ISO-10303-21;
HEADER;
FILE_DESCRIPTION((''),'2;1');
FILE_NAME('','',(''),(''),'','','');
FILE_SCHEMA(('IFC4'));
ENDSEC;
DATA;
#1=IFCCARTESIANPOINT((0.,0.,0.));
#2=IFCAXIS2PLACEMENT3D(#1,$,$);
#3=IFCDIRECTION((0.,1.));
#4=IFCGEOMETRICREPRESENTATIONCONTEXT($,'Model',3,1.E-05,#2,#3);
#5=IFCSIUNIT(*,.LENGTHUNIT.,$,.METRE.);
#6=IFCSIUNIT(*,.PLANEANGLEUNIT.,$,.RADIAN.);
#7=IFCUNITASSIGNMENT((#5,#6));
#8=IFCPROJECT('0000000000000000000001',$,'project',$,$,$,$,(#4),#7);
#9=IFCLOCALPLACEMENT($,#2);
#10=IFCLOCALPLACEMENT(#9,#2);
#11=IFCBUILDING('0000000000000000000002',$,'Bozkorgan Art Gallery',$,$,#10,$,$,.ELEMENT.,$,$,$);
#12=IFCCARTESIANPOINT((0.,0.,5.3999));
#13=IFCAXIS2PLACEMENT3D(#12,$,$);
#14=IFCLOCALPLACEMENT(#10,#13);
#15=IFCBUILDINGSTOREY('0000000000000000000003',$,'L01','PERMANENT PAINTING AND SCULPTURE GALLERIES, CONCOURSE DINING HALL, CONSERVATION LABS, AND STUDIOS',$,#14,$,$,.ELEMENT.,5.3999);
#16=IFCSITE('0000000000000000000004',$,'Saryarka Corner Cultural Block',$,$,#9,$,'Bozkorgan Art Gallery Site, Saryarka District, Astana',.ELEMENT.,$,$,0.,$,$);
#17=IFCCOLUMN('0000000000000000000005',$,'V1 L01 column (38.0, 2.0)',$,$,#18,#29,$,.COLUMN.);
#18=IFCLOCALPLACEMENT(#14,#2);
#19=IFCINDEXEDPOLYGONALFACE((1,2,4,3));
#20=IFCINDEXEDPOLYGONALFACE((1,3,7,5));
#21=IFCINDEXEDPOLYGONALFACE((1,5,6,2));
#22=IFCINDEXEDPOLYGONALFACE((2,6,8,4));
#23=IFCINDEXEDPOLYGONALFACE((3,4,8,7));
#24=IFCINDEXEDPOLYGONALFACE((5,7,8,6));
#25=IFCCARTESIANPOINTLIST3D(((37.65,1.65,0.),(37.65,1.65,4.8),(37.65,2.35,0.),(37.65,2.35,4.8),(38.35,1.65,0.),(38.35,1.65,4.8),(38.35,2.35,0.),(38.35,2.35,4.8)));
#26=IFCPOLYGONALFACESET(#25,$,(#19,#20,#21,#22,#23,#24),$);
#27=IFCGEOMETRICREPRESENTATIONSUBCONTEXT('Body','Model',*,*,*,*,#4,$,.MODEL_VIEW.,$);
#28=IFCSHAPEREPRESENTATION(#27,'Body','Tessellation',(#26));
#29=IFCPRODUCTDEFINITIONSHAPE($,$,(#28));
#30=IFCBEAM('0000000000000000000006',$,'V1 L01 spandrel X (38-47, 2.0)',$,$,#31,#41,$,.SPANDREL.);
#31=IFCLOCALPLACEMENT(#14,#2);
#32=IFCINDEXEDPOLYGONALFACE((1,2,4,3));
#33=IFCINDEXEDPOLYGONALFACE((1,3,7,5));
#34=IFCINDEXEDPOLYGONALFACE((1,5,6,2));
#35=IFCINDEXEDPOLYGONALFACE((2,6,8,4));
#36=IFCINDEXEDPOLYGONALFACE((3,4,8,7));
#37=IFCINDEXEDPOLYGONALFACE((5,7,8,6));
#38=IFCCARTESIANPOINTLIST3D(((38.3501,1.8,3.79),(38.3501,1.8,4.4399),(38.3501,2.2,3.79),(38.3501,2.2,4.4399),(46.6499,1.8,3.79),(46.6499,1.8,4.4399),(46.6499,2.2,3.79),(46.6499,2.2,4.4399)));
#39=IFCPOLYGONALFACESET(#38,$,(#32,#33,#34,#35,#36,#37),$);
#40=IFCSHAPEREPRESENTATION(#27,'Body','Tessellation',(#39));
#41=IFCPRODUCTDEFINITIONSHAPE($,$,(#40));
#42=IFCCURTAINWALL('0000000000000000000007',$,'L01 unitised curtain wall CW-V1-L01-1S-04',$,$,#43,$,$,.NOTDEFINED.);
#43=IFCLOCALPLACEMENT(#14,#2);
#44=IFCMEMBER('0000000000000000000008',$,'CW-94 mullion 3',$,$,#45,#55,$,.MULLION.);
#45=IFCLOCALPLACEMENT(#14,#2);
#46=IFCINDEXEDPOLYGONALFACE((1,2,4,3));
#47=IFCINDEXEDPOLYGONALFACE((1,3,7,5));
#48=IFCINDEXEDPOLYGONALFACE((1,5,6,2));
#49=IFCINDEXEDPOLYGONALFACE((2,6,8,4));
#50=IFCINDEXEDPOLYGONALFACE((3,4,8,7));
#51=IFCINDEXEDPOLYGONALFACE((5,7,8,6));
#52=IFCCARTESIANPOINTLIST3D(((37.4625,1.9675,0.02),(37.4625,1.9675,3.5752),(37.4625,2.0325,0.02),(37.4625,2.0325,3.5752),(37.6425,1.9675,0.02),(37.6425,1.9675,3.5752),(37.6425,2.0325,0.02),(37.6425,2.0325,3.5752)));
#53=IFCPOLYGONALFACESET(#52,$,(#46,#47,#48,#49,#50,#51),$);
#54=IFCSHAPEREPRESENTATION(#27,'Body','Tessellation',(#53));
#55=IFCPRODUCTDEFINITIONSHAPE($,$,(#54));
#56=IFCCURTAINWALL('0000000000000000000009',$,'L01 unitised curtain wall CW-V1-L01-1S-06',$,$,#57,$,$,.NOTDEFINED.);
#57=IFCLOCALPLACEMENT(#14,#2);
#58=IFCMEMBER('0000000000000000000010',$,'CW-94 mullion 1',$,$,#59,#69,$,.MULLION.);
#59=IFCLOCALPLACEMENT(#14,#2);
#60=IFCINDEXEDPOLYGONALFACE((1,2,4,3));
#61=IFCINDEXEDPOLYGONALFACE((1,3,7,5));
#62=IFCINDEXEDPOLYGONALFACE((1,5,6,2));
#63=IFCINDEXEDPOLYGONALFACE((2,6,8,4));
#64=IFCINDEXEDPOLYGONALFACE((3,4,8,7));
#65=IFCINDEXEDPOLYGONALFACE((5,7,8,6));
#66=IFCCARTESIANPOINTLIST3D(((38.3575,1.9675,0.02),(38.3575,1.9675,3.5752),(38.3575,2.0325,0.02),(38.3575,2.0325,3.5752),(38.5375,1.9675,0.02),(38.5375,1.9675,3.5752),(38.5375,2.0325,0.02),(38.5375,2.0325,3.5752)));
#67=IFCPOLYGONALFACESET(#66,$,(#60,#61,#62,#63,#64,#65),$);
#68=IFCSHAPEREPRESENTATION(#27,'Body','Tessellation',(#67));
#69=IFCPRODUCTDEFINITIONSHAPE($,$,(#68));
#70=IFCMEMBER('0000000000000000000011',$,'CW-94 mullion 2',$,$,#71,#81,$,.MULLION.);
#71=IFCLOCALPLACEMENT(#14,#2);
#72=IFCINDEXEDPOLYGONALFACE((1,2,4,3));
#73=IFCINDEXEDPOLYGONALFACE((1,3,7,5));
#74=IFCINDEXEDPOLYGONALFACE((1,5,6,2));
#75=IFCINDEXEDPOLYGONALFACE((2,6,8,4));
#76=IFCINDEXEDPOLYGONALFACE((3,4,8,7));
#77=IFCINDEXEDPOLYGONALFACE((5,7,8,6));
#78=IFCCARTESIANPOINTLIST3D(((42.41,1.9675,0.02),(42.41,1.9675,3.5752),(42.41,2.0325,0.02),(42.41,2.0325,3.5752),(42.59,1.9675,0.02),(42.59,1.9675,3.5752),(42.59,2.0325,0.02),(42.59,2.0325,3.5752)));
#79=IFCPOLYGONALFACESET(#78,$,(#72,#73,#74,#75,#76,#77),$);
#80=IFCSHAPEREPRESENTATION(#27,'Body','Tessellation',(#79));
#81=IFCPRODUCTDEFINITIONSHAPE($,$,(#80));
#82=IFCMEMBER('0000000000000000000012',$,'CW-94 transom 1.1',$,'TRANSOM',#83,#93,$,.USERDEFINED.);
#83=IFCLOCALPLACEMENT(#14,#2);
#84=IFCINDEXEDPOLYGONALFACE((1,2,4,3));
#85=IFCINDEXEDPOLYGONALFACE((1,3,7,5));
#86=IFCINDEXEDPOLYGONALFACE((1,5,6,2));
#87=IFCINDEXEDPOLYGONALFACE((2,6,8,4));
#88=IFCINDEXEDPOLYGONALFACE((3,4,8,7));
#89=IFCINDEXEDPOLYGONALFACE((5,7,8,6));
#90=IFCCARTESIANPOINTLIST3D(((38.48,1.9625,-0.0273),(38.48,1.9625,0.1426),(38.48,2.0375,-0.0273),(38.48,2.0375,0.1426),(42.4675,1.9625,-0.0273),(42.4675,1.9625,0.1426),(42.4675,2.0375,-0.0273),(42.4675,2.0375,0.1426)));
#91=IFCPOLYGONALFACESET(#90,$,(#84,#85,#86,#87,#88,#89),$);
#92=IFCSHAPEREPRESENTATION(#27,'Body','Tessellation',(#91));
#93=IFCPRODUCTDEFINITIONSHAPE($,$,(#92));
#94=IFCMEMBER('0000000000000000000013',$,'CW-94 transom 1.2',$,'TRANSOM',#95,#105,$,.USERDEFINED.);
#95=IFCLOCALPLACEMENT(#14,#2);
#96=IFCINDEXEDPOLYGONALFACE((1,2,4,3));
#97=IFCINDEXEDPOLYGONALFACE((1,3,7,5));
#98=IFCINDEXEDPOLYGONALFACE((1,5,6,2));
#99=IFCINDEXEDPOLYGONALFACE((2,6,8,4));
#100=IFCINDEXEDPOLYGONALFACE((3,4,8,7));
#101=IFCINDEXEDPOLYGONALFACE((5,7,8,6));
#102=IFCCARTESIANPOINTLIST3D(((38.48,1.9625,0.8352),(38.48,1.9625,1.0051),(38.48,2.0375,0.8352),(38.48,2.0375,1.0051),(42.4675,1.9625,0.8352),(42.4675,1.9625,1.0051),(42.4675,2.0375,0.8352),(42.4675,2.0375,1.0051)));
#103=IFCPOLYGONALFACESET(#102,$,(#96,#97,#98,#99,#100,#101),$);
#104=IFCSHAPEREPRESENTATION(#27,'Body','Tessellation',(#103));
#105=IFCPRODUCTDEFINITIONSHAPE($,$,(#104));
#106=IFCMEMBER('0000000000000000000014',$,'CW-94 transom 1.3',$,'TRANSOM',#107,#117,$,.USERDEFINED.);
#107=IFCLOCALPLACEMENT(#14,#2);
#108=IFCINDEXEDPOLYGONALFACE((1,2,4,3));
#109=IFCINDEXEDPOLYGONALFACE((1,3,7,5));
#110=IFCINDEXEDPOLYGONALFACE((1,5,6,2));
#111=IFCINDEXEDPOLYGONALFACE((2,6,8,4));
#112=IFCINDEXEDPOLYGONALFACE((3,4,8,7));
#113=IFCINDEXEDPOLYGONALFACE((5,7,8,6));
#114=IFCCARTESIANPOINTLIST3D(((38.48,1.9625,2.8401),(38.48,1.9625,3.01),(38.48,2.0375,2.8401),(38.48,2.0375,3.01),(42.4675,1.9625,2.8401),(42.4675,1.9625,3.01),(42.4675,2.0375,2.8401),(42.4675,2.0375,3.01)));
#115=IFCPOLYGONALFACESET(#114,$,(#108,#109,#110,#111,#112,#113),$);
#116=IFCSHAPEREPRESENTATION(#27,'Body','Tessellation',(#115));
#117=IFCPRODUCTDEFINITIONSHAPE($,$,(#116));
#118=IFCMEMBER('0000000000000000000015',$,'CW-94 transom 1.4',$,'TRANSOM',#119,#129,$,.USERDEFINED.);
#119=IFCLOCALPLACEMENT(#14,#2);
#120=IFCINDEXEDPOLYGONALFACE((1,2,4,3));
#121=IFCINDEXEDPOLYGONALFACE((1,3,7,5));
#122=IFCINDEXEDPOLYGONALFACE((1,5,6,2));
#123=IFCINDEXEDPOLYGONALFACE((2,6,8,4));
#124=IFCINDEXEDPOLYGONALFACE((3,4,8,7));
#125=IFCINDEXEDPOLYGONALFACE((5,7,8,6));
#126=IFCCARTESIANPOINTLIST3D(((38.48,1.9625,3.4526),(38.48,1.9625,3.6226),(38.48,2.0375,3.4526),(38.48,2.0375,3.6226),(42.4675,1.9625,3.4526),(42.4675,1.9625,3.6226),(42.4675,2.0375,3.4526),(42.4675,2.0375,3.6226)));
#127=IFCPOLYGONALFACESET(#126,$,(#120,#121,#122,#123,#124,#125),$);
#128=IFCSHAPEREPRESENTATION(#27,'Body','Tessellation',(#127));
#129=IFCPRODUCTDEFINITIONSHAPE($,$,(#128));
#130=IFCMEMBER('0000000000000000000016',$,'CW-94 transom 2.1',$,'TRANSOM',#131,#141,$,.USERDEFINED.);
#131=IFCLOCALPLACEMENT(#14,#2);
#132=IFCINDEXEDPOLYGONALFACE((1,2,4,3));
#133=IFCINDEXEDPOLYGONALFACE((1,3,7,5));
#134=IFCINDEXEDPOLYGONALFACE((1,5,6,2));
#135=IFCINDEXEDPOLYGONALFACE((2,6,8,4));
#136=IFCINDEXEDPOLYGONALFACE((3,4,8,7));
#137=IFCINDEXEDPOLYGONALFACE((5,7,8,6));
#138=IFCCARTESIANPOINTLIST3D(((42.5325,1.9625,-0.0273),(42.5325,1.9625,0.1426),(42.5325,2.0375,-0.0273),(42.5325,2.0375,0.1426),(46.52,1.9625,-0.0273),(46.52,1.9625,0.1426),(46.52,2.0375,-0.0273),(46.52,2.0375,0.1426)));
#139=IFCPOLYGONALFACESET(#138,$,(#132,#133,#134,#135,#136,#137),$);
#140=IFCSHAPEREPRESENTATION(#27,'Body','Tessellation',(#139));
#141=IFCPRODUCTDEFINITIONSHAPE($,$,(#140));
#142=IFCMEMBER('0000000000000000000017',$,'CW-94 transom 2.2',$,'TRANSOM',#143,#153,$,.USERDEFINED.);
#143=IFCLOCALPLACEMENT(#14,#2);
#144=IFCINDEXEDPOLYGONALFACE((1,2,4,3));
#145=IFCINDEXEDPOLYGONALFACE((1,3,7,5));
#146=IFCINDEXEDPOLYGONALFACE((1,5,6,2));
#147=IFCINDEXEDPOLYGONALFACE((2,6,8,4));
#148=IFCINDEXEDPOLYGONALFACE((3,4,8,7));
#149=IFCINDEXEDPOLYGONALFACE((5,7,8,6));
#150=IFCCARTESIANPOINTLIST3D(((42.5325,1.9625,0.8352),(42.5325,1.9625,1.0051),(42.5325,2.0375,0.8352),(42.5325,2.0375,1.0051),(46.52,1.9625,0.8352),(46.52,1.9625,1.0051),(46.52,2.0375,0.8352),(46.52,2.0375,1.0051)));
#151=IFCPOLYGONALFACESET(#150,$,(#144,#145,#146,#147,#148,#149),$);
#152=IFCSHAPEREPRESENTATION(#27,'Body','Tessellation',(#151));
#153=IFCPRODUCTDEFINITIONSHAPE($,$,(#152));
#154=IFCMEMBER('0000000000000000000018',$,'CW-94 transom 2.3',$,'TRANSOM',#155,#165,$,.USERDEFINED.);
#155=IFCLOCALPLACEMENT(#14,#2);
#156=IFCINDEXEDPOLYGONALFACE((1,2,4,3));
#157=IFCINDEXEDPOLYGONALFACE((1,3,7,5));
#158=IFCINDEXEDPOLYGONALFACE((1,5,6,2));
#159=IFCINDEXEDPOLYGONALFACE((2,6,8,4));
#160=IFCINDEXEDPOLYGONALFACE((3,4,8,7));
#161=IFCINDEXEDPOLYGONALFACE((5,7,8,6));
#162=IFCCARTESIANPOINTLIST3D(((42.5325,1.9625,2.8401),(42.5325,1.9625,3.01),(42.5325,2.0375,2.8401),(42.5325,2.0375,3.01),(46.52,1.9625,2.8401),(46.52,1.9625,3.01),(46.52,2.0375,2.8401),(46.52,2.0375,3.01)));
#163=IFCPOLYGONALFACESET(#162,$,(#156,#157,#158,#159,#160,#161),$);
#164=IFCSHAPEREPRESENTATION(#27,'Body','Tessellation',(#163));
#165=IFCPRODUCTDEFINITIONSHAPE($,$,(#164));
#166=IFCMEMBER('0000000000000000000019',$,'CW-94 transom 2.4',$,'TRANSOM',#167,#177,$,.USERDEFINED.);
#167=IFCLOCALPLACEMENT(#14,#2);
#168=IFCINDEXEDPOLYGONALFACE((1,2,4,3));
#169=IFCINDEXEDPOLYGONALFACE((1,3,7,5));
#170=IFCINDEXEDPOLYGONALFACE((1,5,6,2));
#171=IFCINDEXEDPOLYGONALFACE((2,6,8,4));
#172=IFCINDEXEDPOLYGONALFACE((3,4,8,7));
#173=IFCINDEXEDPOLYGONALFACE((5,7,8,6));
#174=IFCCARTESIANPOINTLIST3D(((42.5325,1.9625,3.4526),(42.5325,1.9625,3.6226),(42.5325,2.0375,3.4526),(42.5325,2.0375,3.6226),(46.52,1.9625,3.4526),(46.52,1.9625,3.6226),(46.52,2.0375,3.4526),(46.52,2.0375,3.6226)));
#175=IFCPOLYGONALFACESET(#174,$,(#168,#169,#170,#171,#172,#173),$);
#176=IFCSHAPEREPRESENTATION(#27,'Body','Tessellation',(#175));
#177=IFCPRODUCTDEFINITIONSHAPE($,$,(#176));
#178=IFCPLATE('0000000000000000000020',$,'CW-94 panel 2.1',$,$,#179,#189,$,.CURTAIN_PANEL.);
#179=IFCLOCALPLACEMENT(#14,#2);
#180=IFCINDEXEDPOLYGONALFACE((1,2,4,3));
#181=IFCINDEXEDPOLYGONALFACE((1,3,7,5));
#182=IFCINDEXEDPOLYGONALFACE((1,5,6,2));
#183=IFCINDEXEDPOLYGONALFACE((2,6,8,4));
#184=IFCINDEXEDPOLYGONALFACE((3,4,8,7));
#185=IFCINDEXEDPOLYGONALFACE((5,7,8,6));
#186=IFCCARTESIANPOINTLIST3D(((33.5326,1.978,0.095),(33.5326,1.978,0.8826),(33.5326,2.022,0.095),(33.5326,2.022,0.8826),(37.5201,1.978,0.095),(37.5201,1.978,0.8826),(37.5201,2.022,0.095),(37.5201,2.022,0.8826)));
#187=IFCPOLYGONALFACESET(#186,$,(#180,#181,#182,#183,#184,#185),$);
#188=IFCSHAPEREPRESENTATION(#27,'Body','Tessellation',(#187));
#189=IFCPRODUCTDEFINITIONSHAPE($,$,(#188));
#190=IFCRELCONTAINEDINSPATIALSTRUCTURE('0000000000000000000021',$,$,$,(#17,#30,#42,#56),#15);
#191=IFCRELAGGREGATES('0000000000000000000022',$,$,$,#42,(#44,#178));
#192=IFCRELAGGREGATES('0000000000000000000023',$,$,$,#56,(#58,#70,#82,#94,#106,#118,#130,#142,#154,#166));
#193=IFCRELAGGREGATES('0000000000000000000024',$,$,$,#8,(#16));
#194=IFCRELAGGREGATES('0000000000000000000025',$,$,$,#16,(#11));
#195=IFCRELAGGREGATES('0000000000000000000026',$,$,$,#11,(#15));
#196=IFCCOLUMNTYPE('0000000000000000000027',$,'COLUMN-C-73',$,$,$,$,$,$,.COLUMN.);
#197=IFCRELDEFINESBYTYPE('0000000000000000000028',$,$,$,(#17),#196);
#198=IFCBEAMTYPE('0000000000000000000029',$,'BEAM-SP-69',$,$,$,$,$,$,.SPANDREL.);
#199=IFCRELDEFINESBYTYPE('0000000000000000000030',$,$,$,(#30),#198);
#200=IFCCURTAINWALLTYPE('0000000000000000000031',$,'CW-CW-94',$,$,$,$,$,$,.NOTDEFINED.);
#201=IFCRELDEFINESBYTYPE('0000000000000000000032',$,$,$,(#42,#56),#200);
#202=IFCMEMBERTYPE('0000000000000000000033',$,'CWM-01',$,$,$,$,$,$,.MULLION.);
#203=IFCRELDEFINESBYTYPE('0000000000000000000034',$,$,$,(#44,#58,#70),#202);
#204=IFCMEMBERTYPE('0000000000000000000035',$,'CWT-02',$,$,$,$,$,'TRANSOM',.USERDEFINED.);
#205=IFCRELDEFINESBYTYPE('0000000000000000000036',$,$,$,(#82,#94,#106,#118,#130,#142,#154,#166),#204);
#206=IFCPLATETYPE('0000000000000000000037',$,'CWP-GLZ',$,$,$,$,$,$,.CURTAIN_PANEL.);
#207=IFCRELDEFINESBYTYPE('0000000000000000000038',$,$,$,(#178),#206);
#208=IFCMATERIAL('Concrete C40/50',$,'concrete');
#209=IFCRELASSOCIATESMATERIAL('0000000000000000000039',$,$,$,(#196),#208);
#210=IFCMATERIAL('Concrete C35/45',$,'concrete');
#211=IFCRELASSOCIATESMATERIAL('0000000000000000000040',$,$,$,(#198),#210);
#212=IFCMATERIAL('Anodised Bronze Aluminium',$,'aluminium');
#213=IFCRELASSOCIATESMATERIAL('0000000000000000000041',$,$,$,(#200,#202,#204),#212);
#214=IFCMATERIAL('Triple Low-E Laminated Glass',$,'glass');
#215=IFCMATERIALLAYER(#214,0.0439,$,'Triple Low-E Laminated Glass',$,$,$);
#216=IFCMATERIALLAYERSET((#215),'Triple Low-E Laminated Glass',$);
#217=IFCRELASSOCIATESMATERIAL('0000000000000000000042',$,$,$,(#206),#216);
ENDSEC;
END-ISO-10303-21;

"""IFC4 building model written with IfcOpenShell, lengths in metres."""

from ifc_helpers import new_model, si_unit, direction, frame, origin, origin_2d, place, context, subcontext, project, spatial, rectangle, extrude, material, layer, layer_set, material_profile, profile_set, type_object, element, aggregate, save


model = new_model("IFC4")

# Units and contexts
model_context = context("Model", 3, precision=1e-05, world=origin(), true_north=direction((0.0, 1.0)))
body_context = subcontext(model_context, "Body", "Model", "MODEL_VIEW")
ifc_project = project(units=[si_unit("LENGTHUNIT", "METRE"), si_unit("PLANEANGLEUNIT", "RADIAN")], contexts=[model_context])

# Site, building, storey
site_placement = place(None, origin())
site = spatial("IfcSite", under=ifc_project, at=site_placement, Name="Saryarka Corner Cultural Block", LongName="Bozkorgan Art Gallery Site, Saryarka District, Astana", CompositionType="ELEMENT", RefElevation=0.0)
building_placement = place(site_placement, origin())
building = spatial("IfcBuilding", under=site, at=building_placement, Name="Bozkorgan Art Gallery", CompositionType="ELEMENT")
storey_placement = place(building_placement, frame((0.0, 0.0, 5.3999)))
storey = spatial("IfcBuildingStorey", under=building, at=storey_placement, Name="L01", Description="PERMANENT PAINTING AND SCULPTURE GALLERIES, CONCOURSE DINING HALL, CONSERVATION LABS, AND STUDIOS", CompositionType="ELEMENT", Elevation=5.3999)

# Column
ifc_material_1 = material(Name="Concrete C40/50", Category="concrete")
ifc_material_profile_1 = material_profile(ifc_material_1, rectangle(XDim=0.7, YDim=0.7, at=origin_2d()), Name="RC 700x700")
ifc_profile_set_1 = profile_set([ifc_material_profile_1], Name="Concrete C40/50")
column_type = type_object("IfcColumnType", Name="COLUMN-C-73", PredefinedType="COLUMN", material=ifc_profile_set_1)
column_placement = place(storey_placement, frame((38.0, 2.0, 0.0), z_axis=(0.0, 0.0, 1.0), x_axis=(1.0, 0.0, 0.0)))
element("IfcColumn", 1, at=column_placement, inside=storey, type_object=column_type, Name="V1 L01 column (38.0, 2.0)", PredefinedType="COLUMN", context=body_context, shape_type="SweptSolid", body=[
    extrude(rectangle(XDim=0.7, YDim=0.7, at=origin_2d()), origin(), (0.0, 0.0, 1.0), 4.8),
])

# Beam
ifc_material_2 = material(Name="Concrete C35/45", Category="concrete")
ifc_material_profile_2 = material_profile(ifc_material_2, rectangle(XDim=0.3999, YDim=0.6499, at=origin_2d()), Name="RC 400x650")
ifc_profile_set_2 = profile_set([ifc_material_profile_2], Name="Concrete C35/45")
beam_type = type_object("IfcBeamType", Name="BEAM-SP-69", PredefinedType="SPANDREL", material=ifc_profile_set_2)
beam_placement = place(storey_placement, frame((38.3501, 2.0, 4.115), z_axis=(1.0, 0.0, 0.0), x_axis=(0.0, 1.0, 0.0)))
element("IfcBeam", 2, at=beam_placement, inside=storey, type_object=beam_type, Name="V1 L01 spandrel X (38-47, 2.0)", PredefinedType="SPANDREL", context=body_context, shape_type="SweptSolid", body=[
    extrude(rectangle(XDim=0.3999, YDim=0.6499, at=origin_2d()), origin(), (0.0, 0.0, 1.0), 8.2998),
])

# Curtain wall, member
ifc_material_3 = material(Name="Anodised Bronze Aluminium", Category="aluminium")
curtain_wall_type = type_object("IfcCurtainWallType", Name="CW-CW-94", PredefinedType="NOTDEFINED", material=ifc_material_3)
curtain_wall_1_placement = place(storey_placement, origin())
curtain_wall_1 = element("IfcCurtainWall", 3, at=curtain_wall_1_placement, inside=storey, type_object=curtain_wall_type, Name="L01 unitised curtain wall CW-V1-L01-1S-04", PredefinedType="NOTDEFINED")
ifc_material_profile_3 = material_profile(ifc_material_3, rectangle(XDim=0.0649, YDim=0.1799, at=origin_2d()), Name="ALU MULLION 65x180")
ifc_profile_set_3 = profile_set([ifc_material_profile_3], Name="Anodised Bronze Aluminium")
member_type_1 = type_object("IfcMemberType", Name="CWM-01", PredefinedType="MULLION", material=ifc_profile_set_3)
member_1_placement = place(storey_placement, frame((37.5525, 2.0, 0.02), z_axis=(0.0, 0.0, 1.0), x_axis=(0.0, 1.0, 0.0)))
member_1 = element("IfcMember", 4, at=member_1_placement, type_object=member_type_1, Name="CW-94 mullion 3", PredefinedType="MULLION", context=body_context, shape_type="SweptSolid", body=[
    extrude(rectangle(XDim=0.0649, YDim=0.1799, at=origin_2d()), origin(), (0.0, 0.0, 1.0), 3.5552),
])

# Curtain wall, members
curtain_wall_2_placement = place(storey_placement, origin())
curtain_wall_2 = element("IfcCurtainWall", 5, at=curtain_wall_2_placement, inside=storey, type_object=curtain_wall_type, Name="L01 unitised curtain wall CW-V1-L01-1S-06", PredefinedType="NOTDEFINED")
member_2_placement = place(storey_placement, frame((38.4475, 2.0, 0.02), z_axis=(0.0, 0.0, 1.0), x_axis=(0.0, 1.0, 0.0)))
member_2 = element("IfcMember", 6, at=member_2_placement, type_object=member_type_1, Name="CW-94 mullion 1", PredefinedType="MULLION", context=body_context, shape_type="SweptSolid", body=[
    extrude(rectangle(XDim=0.0649, YDim=0.1799, at=origin_2d()), origin(), (0.0, 0.0, 1.0), 3.5552),
])
member_3_placement = place(storey_placement, frame((42.5, 2.0, 0.02), z_axis=(0.0, 0.0, 1.0), x_axis=(0.0, 1.0, 0.0)))
member_3 = element("IfcMember", 7, at=member_3_placement, type_object=member_type_1, Name="CW-94 mullion 2", PredefinedType="MULLION", context=body_context, shape_type="SweptSolid", body=[
    extrude(rectangle(XDim=0.0649, YDim=0.1799, at=origin_2d()), origin(), (0.0, 0.0, 1.0), 3.5552),
])
ifc_material_profile_4 = material_profile(ifc_material_3, rectangle(XDim=0.075, YDim=0.1699, at=origin_2d()), Name="ALU TRANSOM 75x170")
ifc_profile_set_4 = profile_set([ifc_material_profile_4], Name="Anodised Bronze Aluminium")
member_type_2 = type_object("IfcMemberType", Name="CWT-02", ElementType="TRANSOM", PredefinedType="USERDEFINED", material=ifc_profile_set_4)
member_4_placement = place(storey_placement, frame((38.48, 2.0, 0.0576), z_axis=(1.0, 0.0, 0.0), x_axis=(0.0, 1.0, 0.0)))
member_4 = element("IfcMember", 8, at=member_4_placement, type_object=member_type_2, Name="CW-94 transom 1.1", ObjectType="TRANSOM", PredefinedType="USERDEFINED", context=body_context, shape_type="SweptSolid", body=[
    extrude(rectangle(XDim=0.075, YDim=0.1699, at=origin_2d()), origin(), (0.0, 0.0, 1.0), 3.9875),
])
member_5_placement = place(storey_placement, frame((38.48, 2.0, 0.9202), z_axis=(1.0, 0.0, 0.0), x_axis=(0.0, 1.0, 0.0)))
member_5 = element("IfcMember", 9, at=member_5_placement, type_object=member_type_2, Name="CW-94 transom 1.2", ObjectType="TRANSOM", PredefinedType="USERDEFINED", context=body_context, shape_type="SweptSolid", body=[
    extrude(rectangle(XDim=0.075, YDim=0.1699, at=origin_2d()), origin(), (0.0, 0.0, 1.0), 3.9875),
])
member_6_placement = place(storey_placement, frame((38.48, 2.0, 2.925), z_axis=(1.0, 0.0, 0.0), x_axis=(0.0, 1.0, 0.0)))
member_6 = element("IfcMember", 10, at=member_6_placement, type_object=member_type_2, Name="CW-94 transom 1.3", ObjectType="TRANSOM", PredefinedType="USERDEFINED", context=body_context, shape_type="SweptSolid", body=[
    extrude(rectangle(XDim=0.075, YDim=0.1699, at=origin_2d()), origin(), (0.0, 0.0, 1.0), 3.9875),
])
member_7_placement = place(storey_placement, frame((38.48, 2.0, 3.5376), z_axis=(1.0, 0.0, 0.0), x_axis=(0.0, 1.0, 0.0)))
member_7 = element("IfcMember", 11, at=member_7_placement, type_object=member_type_2, Name="CW-94 transom 1.4", ObjectType="TRANSOM", PredefinedType="USERDEFINED", context=body_context, shape_type="SweptSolid", body=[
    extrude(rectangle(XDim=0.075, YDim=0.1699, at=origin_2d()), origin(), (0.0, 0.0, 1.0), 3.9875),
])
member_8_placement = place(storey_placement, frame((42.5325, 2.0, 0.0576), z_axis=(1.0, 0.0, 0.0), x_axis=(0.0, 1.0, 0.0)))
member_8 = element("IfcMember", 12, at=member_8_placement, type_object=member_type_2, Name="CW-94 transom 2.1", ObjectType="TRANSOM", PredefinedType="USERDEFINED", context=body_context, shape_type="SweptSolid", body=[
    extrude(rectangle(XDim=0.075, YDim=0.1699, at=origin_2d()), origin(), (0.0, 0.0, 1.0), 3.9875),
])
member_9_placement = place(storey_placement, frame((42.5325, 2.0, 0.9202), z_axis=(1.0, 0.0, 0.0), x_axis=(0.0, 1.0, 0.0)))
member_9 = element("IfcMember", 13, at=member_9_placement, type_object=member_type_2, Name="CW-94 transom 2.2", ObjectType="TRANSOM", PredefinedType="USERDEFINED", context=body_context, shape_type="SweptSolid", body=[
    extrude(rectangle(XDim=0.075, YDim=0.1699, at=origin_2d()), origin(), (0.0, 0.0, 1.0), 3.9875),
])
member_10_placement = place(storey_placement, frame((42.5325, 2.0, 2.925), z_axis=(1.0, 0.0, 0.0), x_axis=(0.0, 1.0, 0.0)))
member_10 = element("IfcMember", 14, at=member_10_placement, type_object=member_type_2, Name="CW-94 transom 2.3", ObjectType="TRANSOM", PredefinedType="USERDEFINED", context=body_context, shape_type="SweptSolid", body=[
    extrude(rectangle(XDim=0.075, YDim=0.1699, at=origin_2d()), origin(), (0.0, 0.0, 1.0), 3.9875),
])
member_11_placement = place(storey_placement, frame((42.5325, 2.0, 3.5376), z_axis=(1.0, 0.0, 0.0), x_axis=(0.0, 1.0, 0.0)))
member_11 = element("IfcMember", 15, at=member_11_placement, type_object=member_type_2, Name="CW-94 transom 2.4", ObjectType="TRANSOM", PredefinedType="USERDEFINED", context=body_context, shape_type="SweptSolid", body=[
    extrude(rectangle(XDim=0.075, YDim=0.1699, at=origin_2d()), origin(), (0.0, 0.0, 1.0), 3.9875),
])

# Plate
ifc_material_4 = material(Name="Triple Low-E Laminated Glass", Category="glass")
ifc_layer = layer(ifc_material_4, 0.0439, Name="Triple Low-E Laminated Glass")
ifc_layer_set = layer_set([ifc_layer], Name="Triple Low-E Laminated Glass")
plate_type = type_object("IfcPlateType", Name="CWP-GLZ", PredefinedType="CURTAIN_PANEL", material=ifc_layer_set)
plate_1_placement = place(storey_placement, frame((35.5264, 2.0, 0.095), z_axis=(0.0, 0.0, 1.0), x_axis=(1.0, 0.0, 0.0)))
plate_1 = element("IfcPlate", 16, at=plate_1_placement, type_object=plate_type, Name="CW-94 panel 2.1", PredefinedType="CURTAIN_PANEL", context=body_context, shape_type="SweptSolid", body=[
    extrude(rectangle(XDim=3.9875, YDim=0.0439, at=origin_2d()), origin(), (0.0, 0.0, 1.0), 0.7876),
])
aggregate(curtain_wall_1, [member_1, plate_1])
aggregate(curtain_wall_2, [member_2, member_3, member_4, member_5, member_6, member_7, member_8, member_9, member_10, member_11])

save(model, "model.ifc")
